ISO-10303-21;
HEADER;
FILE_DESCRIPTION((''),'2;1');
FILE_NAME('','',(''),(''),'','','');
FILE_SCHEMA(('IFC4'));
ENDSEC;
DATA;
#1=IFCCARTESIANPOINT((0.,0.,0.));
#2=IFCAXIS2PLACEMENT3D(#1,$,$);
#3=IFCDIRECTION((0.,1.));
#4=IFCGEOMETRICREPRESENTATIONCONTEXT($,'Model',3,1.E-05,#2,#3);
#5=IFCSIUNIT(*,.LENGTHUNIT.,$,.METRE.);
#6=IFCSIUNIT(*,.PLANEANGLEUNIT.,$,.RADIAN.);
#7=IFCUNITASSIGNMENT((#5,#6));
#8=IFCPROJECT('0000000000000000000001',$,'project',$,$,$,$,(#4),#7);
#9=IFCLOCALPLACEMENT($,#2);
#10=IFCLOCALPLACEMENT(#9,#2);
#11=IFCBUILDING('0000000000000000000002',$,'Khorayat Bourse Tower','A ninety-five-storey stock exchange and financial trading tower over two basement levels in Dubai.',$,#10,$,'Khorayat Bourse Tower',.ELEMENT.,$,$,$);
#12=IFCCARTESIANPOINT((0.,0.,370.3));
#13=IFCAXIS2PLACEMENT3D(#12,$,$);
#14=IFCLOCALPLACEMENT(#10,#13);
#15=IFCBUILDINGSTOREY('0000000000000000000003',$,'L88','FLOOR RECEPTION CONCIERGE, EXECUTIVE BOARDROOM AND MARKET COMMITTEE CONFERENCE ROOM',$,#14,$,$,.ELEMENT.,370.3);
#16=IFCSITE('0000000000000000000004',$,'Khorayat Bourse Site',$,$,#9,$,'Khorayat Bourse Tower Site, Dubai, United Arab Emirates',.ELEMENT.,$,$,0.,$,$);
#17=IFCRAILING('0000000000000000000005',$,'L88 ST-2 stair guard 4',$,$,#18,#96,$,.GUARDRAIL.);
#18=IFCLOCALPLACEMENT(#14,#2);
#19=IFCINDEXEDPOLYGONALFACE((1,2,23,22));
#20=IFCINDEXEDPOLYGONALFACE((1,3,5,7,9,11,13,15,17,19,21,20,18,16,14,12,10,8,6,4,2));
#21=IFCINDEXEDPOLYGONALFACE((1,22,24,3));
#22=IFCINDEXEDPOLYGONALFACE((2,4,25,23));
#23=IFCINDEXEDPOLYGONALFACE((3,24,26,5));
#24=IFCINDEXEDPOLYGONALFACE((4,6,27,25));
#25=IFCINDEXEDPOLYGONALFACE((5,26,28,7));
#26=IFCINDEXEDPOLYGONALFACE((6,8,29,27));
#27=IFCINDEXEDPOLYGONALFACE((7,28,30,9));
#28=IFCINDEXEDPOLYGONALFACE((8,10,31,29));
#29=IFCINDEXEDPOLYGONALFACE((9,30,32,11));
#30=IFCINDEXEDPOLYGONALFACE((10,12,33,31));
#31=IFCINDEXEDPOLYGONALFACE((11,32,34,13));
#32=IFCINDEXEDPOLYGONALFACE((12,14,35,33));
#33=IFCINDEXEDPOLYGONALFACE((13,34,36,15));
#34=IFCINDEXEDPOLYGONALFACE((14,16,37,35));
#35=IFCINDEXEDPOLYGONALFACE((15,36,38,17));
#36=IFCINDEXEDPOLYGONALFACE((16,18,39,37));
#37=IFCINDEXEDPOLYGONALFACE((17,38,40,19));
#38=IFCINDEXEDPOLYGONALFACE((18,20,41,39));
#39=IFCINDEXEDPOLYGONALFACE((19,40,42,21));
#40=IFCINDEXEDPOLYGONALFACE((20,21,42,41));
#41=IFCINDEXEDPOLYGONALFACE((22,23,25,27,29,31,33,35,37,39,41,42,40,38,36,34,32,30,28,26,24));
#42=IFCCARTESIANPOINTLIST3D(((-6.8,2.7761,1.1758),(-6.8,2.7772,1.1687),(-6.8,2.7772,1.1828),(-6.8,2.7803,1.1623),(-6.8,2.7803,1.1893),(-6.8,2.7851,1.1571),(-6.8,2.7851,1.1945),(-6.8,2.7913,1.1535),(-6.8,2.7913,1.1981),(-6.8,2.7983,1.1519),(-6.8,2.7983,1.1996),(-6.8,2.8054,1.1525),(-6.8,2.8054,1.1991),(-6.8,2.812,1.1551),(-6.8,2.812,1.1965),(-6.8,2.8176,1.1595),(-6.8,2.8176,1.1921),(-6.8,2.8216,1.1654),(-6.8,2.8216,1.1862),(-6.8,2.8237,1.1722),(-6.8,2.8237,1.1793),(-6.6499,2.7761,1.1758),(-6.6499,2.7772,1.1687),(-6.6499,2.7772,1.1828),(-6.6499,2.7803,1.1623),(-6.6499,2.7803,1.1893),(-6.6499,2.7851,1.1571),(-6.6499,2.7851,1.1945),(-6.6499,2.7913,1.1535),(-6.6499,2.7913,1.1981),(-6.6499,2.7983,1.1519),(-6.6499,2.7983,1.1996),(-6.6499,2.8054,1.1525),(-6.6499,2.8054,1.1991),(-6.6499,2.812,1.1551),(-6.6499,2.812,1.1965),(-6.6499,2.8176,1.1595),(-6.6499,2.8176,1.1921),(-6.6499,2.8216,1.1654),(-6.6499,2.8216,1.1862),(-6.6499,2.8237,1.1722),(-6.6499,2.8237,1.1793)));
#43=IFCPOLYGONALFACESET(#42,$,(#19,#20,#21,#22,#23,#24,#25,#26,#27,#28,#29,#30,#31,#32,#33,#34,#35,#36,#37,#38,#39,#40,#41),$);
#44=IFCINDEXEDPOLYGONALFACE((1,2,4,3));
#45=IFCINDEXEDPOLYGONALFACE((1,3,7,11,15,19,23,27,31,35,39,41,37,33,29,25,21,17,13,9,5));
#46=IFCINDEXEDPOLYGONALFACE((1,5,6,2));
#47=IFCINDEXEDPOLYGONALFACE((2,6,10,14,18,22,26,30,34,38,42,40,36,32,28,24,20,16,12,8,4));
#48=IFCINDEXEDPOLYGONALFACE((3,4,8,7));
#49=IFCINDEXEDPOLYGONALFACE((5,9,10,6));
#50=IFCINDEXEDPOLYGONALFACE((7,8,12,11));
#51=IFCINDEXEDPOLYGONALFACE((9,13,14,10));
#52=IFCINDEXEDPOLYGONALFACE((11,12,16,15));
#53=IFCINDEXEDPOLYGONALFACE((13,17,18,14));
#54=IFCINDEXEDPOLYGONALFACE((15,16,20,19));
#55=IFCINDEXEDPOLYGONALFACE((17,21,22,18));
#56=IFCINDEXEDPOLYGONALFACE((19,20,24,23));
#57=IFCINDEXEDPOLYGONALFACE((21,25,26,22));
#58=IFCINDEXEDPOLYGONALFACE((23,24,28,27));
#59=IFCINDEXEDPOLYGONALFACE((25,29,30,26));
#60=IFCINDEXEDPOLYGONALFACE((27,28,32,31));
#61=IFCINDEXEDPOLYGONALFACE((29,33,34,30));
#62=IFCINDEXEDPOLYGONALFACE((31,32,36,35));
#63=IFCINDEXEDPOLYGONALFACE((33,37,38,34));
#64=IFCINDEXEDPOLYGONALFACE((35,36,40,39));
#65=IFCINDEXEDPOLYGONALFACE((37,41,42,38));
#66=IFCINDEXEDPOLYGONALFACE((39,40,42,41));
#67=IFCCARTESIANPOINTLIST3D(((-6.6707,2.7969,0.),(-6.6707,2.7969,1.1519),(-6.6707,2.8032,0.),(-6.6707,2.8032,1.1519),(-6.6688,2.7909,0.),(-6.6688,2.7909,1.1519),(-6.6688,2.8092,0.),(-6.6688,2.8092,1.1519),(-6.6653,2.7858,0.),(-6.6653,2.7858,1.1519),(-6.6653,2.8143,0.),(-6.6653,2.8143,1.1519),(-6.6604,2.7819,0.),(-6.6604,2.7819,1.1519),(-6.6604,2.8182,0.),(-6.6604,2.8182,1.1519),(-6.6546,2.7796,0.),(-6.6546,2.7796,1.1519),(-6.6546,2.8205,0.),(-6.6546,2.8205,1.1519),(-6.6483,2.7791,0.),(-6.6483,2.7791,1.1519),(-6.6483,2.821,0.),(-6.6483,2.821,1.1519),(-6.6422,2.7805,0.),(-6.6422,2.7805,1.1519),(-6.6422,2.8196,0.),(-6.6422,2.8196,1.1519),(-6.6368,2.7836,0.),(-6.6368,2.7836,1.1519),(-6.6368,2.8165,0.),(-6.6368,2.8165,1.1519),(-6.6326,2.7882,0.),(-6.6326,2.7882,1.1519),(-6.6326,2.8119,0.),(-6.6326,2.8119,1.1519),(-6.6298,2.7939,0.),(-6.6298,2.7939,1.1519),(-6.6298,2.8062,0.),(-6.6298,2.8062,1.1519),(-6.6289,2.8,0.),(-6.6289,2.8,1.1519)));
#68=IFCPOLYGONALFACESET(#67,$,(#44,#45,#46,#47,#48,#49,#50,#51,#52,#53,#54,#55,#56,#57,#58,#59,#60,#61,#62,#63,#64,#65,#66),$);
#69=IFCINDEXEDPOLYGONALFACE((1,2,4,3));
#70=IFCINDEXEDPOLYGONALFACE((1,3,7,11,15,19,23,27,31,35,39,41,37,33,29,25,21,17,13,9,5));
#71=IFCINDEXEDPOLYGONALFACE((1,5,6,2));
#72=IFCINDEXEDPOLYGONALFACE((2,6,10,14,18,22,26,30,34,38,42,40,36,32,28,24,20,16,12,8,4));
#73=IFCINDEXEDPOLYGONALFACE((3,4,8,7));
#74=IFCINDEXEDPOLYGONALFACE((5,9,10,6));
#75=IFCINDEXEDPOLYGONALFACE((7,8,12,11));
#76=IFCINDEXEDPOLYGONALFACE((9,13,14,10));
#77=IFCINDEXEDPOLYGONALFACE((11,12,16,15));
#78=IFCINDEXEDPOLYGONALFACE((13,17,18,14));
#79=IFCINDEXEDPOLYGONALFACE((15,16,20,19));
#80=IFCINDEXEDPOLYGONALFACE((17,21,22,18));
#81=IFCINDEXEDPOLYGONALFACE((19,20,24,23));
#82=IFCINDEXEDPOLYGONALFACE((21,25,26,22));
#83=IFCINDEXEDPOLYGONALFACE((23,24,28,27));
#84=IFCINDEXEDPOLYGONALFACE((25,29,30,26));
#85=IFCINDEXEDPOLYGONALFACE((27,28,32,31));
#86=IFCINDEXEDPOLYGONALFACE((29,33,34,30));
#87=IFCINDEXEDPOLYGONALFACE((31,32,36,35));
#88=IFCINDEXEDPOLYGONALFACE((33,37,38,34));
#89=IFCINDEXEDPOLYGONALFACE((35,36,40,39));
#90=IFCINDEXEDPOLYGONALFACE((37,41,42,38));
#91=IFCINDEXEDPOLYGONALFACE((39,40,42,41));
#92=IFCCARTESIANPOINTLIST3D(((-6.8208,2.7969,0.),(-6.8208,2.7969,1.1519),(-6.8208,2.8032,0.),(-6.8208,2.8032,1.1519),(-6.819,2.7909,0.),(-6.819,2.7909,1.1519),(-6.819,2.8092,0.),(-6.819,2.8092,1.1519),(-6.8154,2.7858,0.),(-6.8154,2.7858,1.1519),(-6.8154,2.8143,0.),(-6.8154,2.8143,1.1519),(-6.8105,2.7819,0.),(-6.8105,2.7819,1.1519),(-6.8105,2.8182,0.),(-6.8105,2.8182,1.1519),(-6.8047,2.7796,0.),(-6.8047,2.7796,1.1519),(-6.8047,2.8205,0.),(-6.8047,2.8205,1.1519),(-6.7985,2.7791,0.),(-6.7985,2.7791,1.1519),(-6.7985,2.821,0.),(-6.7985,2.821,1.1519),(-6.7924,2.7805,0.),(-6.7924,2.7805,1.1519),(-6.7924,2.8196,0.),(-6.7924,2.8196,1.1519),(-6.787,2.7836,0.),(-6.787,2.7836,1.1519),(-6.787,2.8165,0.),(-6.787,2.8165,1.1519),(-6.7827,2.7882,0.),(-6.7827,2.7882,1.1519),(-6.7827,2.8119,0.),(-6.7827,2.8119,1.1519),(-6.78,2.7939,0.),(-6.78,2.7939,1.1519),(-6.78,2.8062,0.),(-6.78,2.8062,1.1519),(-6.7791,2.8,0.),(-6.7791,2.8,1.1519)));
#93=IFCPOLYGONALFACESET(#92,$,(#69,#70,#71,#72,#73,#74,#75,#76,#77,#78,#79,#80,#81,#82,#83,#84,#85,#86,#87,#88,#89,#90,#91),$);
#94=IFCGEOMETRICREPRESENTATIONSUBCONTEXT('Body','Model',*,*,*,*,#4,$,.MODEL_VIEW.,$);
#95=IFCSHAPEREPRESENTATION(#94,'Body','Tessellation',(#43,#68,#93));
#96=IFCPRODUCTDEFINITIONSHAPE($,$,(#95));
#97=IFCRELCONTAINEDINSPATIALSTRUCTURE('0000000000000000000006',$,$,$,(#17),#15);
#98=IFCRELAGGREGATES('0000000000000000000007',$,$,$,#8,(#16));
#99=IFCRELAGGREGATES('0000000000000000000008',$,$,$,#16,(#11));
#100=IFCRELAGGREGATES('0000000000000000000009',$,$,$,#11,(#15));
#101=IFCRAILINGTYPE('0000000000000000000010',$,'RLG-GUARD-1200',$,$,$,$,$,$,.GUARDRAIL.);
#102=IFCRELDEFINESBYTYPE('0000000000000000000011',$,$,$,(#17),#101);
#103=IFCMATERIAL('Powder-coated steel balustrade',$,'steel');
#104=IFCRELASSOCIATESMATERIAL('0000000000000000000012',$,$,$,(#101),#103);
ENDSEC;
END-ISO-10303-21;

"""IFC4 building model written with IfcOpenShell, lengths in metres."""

from ifc_helpers import new_model, si_unit, direction, frame, origin, origin_2d, place, context, subcontext, project, spatial, circle, extrude, source, transform, mapped, material, type_object, element, save


model = new_model("IFC4")

# Units and contexts
model_context = context("Model", 3, precision=1e-05, world=origin(), true_north=direction((0.0, 1.0)))
body_context = subcontext(model_context, "Body", "Model", "MODEL_VIEW")
ifc_project = project(units=[si_unit("LENGTHUNIT", "METRE"), si_unit("PLANEANGLEUNIT", "RADIAN")], contexts=[model_context])

# Site, building, storey
site_placement = place(None, origin())
site = spatial("IfcSite", under=ifc_project, at=site_placement, Name="Khorayat Bourse Site", LongName="Khorayat Bourse Tower Site, Dubai, United Arab Emirates", CompositionType="ELEMENT", RefElevation=0.0)
building_placement = place(site_placement, origin())
building = spatial("IfcBuilding", under=site, at=building_placement, Name="Khorayat Bourse Tower", Description="A ninety-five-storey stock exchange and financial trading tower over two basement levels in Dubai.", LongName="Khorayat Bourse Tower", CompositionType="ELEMENT")
storey_placement = place(building_placement, frame((0.0, 0.0, 370.3)))
storey = spatial("IfcBuildingStorey", under=building, at=storey_placement, Name="L88", Description="FLOOR RECEPTION CONCIERGE, EXECUTIVE BOARDROOM AND MARKET COMMITTEE CONFERENCE ROOM", CompositionType="ELEMENT", Elevation=370.3)

# Railing
ifc_material_1 = material(Name="Powder-coated steel balustrade", Category="steel")
railing_type_1 = type_object("IfcRailingType", Name="RLG-GUARD-1200", PredefinedType="GUARDRAIL", material=ifc_material_1)
shared_shape_1 = source(origin(), body_context, "Body", "SweptSolid", [
    extrude(circle(Radius=0.0239, at=origin_2d()), frame((0.0, 0.0, 1.1758), z_axis=(-1.0, 0.0, 0.0), x_axis=(0.0, -1.0, 0.0)), (0.0, 0.0, 1.0), 0.1501),
    extrude(circle(Radius=0.021, at=origin_2d()), origin(), (0.0, 0.0, 1.0), 1.1519),
    extrude(circle(Radius=0.021, at=origin_2d()), frame((-0.1501, 0.0, 0.0)), (0.0, 0.0, 1.0), 1.1519),
])
for number, where, name in (
    (1, (-6.6499, 2.8, 0.0), "L88 ST-2 stair guard 4"),
):
    element("IfcRailing", number, at=place(storey_placement, frame(where)), inside=storey, type_object=railing_type_1, Name=name, PredefinedType="GUARDRAIL", context=body_context, shape_type="MappedRepresentation", body=[
        mapped(shared_shape_1, transform((0.0, 0.0, 0.0), scale=1.0)),
    ])

save(model, "model.ifc")
